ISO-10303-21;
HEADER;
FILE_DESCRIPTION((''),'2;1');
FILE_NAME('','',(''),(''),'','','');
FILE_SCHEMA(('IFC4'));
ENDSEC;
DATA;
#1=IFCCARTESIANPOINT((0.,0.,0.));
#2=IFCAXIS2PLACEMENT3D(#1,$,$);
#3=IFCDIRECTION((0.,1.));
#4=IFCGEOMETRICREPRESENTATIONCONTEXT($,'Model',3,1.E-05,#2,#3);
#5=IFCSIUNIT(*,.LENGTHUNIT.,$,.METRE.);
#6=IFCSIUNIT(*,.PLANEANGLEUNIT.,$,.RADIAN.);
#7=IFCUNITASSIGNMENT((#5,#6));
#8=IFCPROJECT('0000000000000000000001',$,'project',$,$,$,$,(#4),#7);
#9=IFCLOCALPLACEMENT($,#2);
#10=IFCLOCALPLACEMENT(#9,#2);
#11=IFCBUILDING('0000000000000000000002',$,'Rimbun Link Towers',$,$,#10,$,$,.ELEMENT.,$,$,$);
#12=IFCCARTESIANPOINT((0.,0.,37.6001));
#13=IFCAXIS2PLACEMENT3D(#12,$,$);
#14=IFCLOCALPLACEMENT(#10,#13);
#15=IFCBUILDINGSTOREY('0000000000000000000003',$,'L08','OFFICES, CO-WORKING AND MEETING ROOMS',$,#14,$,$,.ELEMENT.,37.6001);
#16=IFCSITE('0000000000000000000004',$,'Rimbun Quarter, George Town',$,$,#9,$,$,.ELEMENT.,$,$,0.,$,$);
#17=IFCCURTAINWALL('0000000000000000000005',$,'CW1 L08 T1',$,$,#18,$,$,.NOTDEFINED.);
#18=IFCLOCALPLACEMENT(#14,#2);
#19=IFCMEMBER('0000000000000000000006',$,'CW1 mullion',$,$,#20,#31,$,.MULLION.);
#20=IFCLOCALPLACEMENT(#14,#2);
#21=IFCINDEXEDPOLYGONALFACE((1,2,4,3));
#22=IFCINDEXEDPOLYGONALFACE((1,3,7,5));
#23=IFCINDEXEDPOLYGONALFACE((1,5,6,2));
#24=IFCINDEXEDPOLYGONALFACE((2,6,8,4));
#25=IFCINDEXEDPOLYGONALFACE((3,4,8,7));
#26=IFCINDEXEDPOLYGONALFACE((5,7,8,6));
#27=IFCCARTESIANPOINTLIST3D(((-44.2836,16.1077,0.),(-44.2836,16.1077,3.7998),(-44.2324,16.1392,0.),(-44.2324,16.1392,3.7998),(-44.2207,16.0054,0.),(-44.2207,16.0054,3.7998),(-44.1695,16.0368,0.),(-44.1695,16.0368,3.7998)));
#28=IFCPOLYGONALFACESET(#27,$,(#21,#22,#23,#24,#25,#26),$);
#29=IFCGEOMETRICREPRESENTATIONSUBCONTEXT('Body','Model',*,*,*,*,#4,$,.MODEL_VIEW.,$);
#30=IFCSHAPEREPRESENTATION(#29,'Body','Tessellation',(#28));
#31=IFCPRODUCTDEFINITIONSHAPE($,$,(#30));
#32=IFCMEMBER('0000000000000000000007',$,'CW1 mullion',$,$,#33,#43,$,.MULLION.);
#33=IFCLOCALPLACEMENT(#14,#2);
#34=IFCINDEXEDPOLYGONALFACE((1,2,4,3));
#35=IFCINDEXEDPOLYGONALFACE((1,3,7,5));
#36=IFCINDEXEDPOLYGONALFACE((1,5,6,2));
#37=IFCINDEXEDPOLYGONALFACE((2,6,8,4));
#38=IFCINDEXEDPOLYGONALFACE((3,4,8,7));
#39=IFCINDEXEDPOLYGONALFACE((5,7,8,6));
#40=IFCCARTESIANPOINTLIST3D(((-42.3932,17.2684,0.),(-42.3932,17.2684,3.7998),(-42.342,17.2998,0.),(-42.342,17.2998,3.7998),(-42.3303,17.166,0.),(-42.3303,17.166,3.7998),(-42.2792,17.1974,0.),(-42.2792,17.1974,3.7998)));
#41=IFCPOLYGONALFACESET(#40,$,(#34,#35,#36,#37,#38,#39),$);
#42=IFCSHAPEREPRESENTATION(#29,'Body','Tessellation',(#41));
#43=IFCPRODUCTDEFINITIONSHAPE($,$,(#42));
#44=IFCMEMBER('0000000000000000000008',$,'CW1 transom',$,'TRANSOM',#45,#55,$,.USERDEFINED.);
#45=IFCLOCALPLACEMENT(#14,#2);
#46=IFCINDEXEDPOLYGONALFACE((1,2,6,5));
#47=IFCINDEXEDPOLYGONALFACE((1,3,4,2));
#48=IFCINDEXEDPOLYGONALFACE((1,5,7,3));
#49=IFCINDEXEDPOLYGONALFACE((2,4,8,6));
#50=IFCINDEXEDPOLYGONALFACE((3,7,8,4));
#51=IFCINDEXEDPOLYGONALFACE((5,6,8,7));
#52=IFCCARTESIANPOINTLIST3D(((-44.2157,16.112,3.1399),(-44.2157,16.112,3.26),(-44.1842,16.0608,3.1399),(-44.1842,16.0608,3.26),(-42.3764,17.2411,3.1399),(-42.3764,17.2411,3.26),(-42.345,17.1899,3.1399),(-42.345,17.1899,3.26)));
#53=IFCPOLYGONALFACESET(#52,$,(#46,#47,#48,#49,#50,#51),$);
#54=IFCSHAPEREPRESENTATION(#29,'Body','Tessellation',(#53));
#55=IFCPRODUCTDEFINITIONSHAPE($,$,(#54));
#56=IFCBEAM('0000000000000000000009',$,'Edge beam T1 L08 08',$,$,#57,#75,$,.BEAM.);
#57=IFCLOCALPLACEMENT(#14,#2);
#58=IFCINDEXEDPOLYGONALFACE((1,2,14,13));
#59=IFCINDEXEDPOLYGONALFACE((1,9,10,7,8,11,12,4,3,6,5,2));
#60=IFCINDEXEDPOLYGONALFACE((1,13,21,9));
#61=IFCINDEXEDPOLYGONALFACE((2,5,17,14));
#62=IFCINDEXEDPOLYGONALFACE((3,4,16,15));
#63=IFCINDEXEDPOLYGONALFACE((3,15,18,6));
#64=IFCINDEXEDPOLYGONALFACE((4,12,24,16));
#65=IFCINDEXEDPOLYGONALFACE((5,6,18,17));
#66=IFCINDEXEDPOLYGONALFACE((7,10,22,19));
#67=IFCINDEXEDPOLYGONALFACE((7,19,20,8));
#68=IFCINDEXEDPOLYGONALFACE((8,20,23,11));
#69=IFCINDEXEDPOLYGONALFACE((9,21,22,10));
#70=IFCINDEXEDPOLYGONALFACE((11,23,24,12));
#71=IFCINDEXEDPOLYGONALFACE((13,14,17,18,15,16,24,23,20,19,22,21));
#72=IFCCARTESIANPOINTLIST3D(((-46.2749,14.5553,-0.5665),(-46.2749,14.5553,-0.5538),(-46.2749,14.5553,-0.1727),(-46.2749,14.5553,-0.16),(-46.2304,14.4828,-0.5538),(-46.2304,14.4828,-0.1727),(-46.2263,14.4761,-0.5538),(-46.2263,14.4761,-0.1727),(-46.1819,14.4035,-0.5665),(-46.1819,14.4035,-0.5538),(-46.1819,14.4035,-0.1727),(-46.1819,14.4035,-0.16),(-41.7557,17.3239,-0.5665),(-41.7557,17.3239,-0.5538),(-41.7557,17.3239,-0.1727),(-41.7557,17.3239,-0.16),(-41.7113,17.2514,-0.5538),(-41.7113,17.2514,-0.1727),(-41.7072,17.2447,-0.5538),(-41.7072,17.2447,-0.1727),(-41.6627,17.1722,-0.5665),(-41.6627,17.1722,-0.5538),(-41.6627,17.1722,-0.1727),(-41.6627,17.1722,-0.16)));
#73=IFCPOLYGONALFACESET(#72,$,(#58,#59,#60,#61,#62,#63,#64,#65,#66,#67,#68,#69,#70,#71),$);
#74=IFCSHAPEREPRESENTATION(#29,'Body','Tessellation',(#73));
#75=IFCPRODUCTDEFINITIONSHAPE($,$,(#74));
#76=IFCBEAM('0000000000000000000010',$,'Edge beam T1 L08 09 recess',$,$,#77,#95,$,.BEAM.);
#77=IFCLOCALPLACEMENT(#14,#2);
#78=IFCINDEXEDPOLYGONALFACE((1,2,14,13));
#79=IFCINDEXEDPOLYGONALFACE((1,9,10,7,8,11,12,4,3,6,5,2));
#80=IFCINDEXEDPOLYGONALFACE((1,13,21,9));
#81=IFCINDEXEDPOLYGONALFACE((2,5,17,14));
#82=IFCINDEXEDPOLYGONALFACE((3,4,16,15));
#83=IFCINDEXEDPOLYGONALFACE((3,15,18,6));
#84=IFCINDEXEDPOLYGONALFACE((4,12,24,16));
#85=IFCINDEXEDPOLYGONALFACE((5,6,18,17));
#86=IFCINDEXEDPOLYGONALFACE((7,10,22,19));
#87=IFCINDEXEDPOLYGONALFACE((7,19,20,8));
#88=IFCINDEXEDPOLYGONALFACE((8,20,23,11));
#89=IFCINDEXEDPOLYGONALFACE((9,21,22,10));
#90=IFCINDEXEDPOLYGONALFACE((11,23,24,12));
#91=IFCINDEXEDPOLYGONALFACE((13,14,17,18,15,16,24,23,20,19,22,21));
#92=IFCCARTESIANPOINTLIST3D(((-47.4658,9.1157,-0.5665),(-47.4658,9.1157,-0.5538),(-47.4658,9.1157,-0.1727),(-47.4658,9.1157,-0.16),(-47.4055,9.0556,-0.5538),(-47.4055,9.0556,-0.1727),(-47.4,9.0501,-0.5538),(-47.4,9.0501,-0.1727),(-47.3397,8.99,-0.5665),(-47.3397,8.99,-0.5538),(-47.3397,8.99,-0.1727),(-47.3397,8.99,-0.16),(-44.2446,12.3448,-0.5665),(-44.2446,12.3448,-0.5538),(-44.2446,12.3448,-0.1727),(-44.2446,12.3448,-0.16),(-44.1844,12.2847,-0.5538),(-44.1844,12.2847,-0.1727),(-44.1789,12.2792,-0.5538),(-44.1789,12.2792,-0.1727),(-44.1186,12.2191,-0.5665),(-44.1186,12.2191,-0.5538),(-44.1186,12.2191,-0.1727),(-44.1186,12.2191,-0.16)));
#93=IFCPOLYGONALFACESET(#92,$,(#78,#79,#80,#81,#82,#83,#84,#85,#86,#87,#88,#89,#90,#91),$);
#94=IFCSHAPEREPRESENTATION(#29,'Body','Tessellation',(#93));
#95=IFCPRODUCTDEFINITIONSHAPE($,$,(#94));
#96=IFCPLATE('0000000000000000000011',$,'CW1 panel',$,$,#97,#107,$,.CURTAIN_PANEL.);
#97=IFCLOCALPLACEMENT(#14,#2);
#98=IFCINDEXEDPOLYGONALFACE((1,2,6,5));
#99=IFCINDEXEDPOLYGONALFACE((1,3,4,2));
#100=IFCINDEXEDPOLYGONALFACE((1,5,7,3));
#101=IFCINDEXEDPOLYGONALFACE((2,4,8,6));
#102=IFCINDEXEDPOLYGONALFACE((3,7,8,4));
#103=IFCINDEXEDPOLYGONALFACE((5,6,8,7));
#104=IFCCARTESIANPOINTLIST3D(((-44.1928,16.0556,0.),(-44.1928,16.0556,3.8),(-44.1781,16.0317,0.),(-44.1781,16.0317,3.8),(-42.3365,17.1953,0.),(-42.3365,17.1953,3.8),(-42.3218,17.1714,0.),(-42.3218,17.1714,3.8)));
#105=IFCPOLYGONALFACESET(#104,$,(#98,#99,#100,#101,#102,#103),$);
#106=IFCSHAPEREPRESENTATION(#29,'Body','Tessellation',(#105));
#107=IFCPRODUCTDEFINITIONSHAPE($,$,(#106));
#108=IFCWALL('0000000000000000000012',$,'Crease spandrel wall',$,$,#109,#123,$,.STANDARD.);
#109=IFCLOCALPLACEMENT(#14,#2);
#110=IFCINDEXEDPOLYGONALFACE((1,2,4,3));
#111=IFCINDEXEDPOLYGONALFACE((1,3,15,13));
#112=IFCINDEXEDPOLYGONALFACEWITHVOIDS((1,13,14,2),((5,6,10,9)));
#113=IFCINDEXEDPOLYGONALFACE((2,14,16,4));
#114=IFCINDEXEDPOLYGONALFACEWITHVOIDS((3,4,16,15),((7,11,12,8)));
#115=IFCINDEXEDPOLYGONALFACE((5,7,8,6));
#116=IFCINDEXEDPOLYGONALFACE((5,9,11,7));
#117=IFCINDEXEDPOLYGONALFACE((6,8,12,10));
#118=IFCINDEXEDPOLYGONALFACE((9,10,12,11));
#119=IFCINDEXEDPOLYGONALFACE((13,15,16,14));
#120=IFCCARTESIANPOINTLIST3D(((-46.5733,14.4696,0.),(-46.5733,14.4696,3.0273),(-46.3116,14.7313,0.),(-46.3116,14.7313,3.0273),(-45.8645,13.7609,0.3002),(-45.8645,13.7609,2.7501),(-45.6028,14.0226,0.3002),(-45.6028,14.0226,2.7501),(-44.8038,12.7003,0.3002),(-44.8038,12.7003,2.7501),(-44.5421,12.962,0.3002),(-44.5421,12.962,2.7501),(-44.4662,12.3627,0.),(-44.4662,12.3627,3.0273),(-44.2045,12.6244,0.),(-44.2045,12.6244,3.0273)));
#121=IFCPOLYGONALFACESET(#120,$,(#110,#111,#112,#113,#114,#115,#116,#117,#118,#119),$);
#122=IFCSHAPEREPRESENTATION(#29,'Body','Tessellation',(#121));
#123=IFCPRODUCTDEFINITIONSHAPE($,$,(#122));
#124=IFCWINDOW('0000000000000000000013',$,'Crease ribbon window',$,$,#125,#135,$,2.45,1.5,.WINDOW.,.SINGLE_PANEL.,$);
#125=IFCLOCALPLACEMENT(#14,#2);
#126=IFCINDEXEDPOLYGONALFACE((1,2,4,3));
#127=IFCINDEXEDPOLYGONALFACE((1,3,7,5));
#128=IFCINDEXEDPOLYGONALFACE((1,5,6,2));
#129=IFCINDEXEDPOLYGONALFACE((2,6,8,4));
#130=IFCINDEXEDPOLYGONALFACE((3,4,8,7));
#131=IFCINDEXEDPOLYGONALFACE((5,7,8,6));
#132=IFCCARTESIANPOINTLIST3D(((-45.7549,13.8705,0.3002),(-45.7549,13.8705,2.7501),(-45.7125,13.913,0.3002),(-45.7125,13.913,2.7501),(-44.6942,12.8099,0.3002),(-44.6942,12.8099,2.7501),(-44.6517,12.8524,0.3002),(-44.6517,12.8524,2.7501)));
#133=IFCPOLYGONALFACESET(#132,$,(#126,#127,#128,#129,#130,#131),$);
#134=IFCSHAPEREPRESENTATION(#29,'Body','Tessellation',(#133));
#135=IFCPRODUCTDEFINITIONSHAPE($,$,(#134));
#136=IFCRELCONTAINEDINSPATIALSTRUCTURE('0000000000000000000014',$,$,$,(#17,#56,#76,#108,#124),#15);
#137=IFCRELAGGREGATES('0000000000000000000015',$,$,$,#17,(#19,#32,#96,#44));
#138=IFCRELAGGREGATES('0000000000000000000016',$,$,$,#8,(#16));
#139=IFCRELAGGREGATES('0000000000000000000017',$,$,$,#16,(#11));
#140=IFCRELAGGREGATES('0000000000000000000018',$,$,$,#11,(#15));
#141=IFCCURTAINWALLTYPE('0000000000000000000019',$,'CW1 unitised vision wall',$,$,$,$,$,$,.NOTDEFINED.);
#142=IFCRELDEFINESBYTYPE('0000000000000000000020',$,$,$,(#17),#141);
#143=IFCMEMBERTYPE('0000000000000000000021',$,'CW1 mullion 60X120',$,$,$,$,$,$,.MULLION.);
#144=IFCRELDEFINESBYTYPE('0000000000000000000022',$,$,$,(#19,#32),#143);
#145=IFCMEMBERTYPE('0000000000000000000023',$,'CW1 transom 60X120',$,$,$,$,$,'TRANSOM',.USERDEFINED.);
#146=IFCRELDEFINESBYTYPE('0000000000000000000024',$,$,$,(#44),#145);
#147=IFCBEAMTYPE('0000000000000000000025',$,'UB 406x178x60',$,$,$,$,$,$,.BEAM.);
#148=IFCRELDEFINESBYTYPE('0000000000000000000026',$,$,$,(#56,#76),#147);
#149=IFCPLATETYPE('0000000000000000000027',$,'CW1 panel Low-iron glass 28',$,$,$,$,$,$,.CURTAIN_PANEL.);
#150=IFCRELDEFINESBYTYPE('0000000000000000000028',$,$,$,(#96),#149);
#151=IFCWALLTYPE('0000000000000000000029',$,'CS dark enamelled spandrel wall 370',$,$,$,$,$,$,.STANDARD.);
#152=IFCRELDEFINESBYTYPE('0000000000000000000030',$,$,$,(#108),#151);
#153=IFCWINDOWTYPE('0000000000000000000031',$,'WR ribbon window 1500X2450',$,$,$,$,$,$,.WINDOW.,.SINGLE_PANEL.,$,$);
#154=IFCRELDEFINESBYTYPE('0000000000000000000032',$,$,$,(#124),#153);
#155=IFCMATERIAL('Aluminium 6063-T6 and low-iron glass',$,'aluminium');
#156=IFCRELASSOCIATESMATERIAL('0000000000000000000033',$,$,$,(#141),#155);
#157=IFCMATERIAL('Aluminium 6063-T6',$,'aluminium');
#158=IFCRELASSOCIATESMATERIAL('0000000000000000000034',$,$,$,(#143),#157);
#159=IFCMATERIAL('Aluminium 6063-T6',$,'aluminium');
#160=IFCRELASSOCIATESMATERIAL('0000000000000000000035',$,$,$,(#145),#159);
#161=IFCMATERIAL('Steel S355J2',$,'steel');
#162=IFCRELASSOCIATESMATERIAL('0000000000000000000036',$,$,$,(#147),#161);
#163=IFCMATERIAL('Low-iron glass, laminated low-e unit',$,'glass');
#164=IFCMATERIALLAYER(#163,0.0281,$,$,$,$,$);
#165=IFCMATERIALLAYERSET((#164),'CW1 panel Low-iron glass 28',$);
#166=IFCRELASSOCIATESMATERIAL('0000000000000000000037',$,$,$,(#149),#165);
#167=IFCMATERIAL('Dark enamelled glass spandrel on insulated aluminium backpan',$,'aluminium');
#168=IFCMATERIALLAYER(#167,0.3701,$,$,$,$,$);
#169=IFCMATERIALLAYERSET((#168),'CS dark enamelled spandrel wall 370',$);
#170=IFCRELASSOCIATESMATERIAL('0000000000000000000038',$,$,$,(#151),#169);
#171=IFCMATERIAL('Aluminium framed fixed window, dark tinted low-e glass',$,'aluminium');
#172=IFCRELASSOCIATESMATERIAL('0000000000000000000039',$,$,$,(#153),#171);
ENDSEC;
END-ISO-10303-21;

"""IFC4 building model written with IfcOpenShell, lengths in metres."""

from ifc_helpers import new_model, si_unit, direction, frame, frame_2d, origin, origin_2d, place, context, subcontext, project, spatial, rectangle, i_section, extrude, material, layer, layer_set, material_profile, profile_set, type_object, element, fill, aggregate, save


model = new_model("IFC4")

# Units and contexts
model_context = context("Model", 3, precision=1e-05, world=origin(), true_north=direction((0.0, 1.0)))
body_context = subcontext(model_context, "Body", "Model", "MODEL_VIEW")
ifc_project = project(units=[si_unit("LENGTHUNIT", "METRE"), si_unit("PLANEANGLEUNIT", "RADIAN")], contexts=[model_context])

# Site, building, storey
site_placement = place(None, origin())
site = spatial("IfcSite", under=ifc_project, at=site_placement, Name="Rimbun Quarter, George Town", CompositionType="ELEMENT", RefElevation=0.0)
building_placement = place(site_placement, origin())
building = spatial("IfcBuilding", under=site, at=building_placement, Name="Rimbun Link Towers", CompositionType="ELEMENT")
storey_placement = place(building_placement, frame((0.0, 0.0, 37.6001)))
storey = spatial("IfcBuildingStorey", under=building, at=storey_placement, Name="L08", Description="OFFICES, CO-WORKING AND MEETING ROOMS", CompositionType="ELEMENT", Elevation=37.6001)

# Curtain wall, members
ifc_material_1 = material(Name="Aluminium 6063-T6 and low-iron glass", Category="aluminium")
curtain_wall_type = type_object("IfcCurtainWallType", Name="CW1 unitised vision wall", PredefinedType="NOTDEFINED", material=ifc_material_1)
curtain_wall_placement = place(storey_placement, origin())
curtain_wall = element("IfcCurtainWall", 1, at=curtain_wall_placement, inside=storey, type_object=curtain_wall_type, Name="CW1 L08 T1", PredefinedType="NOTDEFINED")
ifc_material_2 = material(Name="Aluminium 6063-T6", Category="aluminium")
ifc_material_profile_1 = material_profile(ifc_material_2, rectangle(XDim=0.1201, YDim=0.0601, at=origin_2d()), Name="MULLION 60X120")
ifc_profile_set_1 = profile_set([ifc_material_profile_1], Name="Aluminium 6063-T6")
member_type_1 = type_object("IfcMemberType", Name="CW1 mullion 60X120", PredefinedType="MULLION", material=ifc_profile_set_1)
member_1_placement = place(storey_placement, frame((-44.2266, 16.0723, 0.0), z_axis=(0.0, 0.0, 1.0), x_axis=(-0.523232, 0.85219, 0.0)))
member_1 = element("IfcMember", 2, at=member_1_placement, type_object=member_type_1, Name="CW1 mullion", PredefinedType="MULLION", context=body_context, shape_type="SweptSolid", body=[
    extrude(rectangle(XDim=0.1201, YDim=0.0601, at=origin_2d()), origin(), (0.0, 0.0, 1.0), 3.7998),
])
member_2_placement = place(storey_placement, frame((-42.3362, 17.2329, 0.0), z_axis=(0.0, 0.0, 1.0), x_axis=(-0.523232, 0.85219, 0.0)))
member_2 = element("IfcMember", 3, at=member_2_placement, type_object=member_type_1, Name="CW1 mullion", PredefinedType="MULLION", context=body_context, shape_type="SweptSolid", body=[
    extrude(rectangle(XDim=0.1201, YDim=0.0601, at=origin_2d()), origin(), (0.0, 0.0, 1.0), 3.7998),
])
ifc_material_3 = material(Name="Aluminium 6063-T6", Category="aluminium")
ifc_material_profile_2 = material_profile(ifc_material_3, rectangle(XDim=0.0601, YDim=0.1201, at=origin_2d()), Name="TRANSOM 60X120")
ifc_profile_set_2 = profile_set([ifc_material_profile_2], Name="Aluminium 6063-T6")
member_type_2 = type_object("IfcMemberType", Name="CW1 transom 60X120", ElementType="TRANSOM", PredefinedType="USERDEFINED", material=ifc_profile_set_2)
member_3_placement = place(storey_placement, frame((-44.2, 16.0864, 3.2), z_axis=(0.852229, 0.523169, 0.0), x_axis=(-0.523169, 0.852229, 0.0)))
member_3 = element("IfcMember", 4, at=member_3_placement, type_object=member_type_2, Name="CW1 transom", ObjectType="TRANSOM", PredefinedType="USERDEFINED", context=body_context, shape_type="SweptSolid", body=[
    extrude(rectangle(XDim=0.0601, YDim=0.1201, at=origin_2d()), origin(), (0.0, 0.0, 1.0), 2.1582),
])

# Beams
ifc_material_4 = material(Name="Steel S355J2", Category="steel")
ifc_material_profile_3 = material_profile(ifc_material_4, i_section(OverallWidth=0.178, OverallDepth=0.4065, WebThickness=0.0078, FlangeThickness=0.0127, at=origin_2d()), Name="UB 406x178x60")
ifc_profile_set_3 = profile_set([ifc_material_profile_3], Name="Steel S355J2")
beam_type = type_object("IfcBeamType", Name="UB 406x178x60", PredefinedType="BEAM", material=ifc_profile_set_3)
beam_1_placement = place(storey_placement, frame((-41.7092, 17.248, -0.3633), z_axis=(-0.852701, -0.5224, 0.0), x_axis=(0.5224, -0.852701, 0.0)))
element("IfcBeam", 5, at=beam_1_placement, inside=storey, type_object=beam_type, Name="Edge beam T1 L08 08", PredefinedType="BEAM", context=body_context, shape_type="SweptSolid", body=[
    extrude(i_section(OverallWidth=0.178, OverallDepth=0.4065, WebThickness=0.0078, FlangeThickness=0.0127, at=origin_2d()), origin(), (0.0, 0.0, 1.0), 5.2998),
])
beam_2_placement = place(storey_placement, frame((-44.1816, 12.282, -0.3633), z_axis=(-0.706223, -0.707989, 0.0), x_axis=(0.707989, -0.706223, 0.0)))
element("IfcBeam", 6, at=beam_2_placement, inside=storey, type_object=beam_type, Name="Edge beam T1 L08 09 recess", PredefinedType="BEAM", context=body_context, shape_type="SweptSolid", body=[
    extrude(i_section(OverallWidth=0.178, OverallDepth=0.4065, WebThickness=0.0078, FlangeThickness=0.0127, at=origin_2d()), origin(), (0.0, 0.0, 1.0), 4.561),
])

# Plate
ifc_material_5 = material(Name="Low-iron glass, laminated low-e unit", Category="glass")
ifc_layer_1 = layer(ifc_material_5, 0.0281)
ifc_layer_set_1 = layer_set([ifc_layer_1], Name="CW1 panel Low-iron glass 28")
plate_type = type_object("IfcPlateType", Name="CW1 panel Low-iron glass 28", PredefinedType="CURTAIN_PANEL", material=ifc_layer_set_1)
plate_placement = place(storey_placement, frame((-43.2573, 16.6135, 0.0), z_axis=(0.0, 0.0, 1.0), x_axis=(0.85219, 0.523232, 0.0)))
plate = element("IfcPlate", 7, at=plate_placement, type_object=plate_type, Name="CW1 panel", PredefinedType="CURTAIN_PANEL", context=body_context, shape_type="SweptSolid", body=[
    extrude(rectangle(XDim=2.1782, YDim=0.0281, at=origin_2d()), origin(), (0.0, 0.0, 1.0), 3.8),
])
aggregate(curtain_wall, [member_1, member_2, plate, member_3])

# Wall, opening, window
ifc_material_6 = material(Name="Dark enamelled glass spandrel on insulated aluminium backpan", Category="aluminium")
ifc_layer_2 = layer(ifc_material_6, 0.3701)
ifc_layer_set_2 = layer_set([ifc_layer_2], Name="CS dark enamelled spandrel wall 370")
wall_type_1 = type_object("IfcWallType", Name="CS dark enamelled spandrel wall 370", PredefinedType="STANDARD", material=ifc_layer_set_2)
wall_1_placement = place(storey_placement, frame((-44.3354, 12.4937, 0.0), z_axis=(0.0, 0.0, 1.0), x_axis=(-0.707148, 0.707066, 0.0)))
wall_1 = element("IfcWall", 8, at=wall_1_placement, inside=storey, type_object=wall_type_1, Name="Crease spandrel wall", PredefinedType="STANDARD", context=body_context, shape_type="SweptSolid", body=[
    extrude(rectangle(XDim=2.9797, YDim=0.3701, at=frame_2d((1.4897, 0.0))), origin(), (0.0, 0.0, 1.0), 3.0273),
])
opening_1_placement = place(wall_1_placement, frame((0.4773, 0.0, 0.3)))
opening_1 = element("IfcOpeningElement", 9, at=opening_1_placement, cuts=wall_1, PredefinedType="OPENING", context=body_context, shape_type="SweptSolid", body=[
    extrude(rectangle(XDim=1.5, YDim=2.45, at=frame_2d((0.75, 1.2251))), frame((0.0, 0.1951, 0.0), z_axis=(0.0, -1.0, 0.0), x_axis=(1.0, 0.0, 0.0)), (0.0, 0.0, 1.0), 0.3901),
])
ifc_material_7 = material(Name="Aluminium framed fixed window, dark tinted low-e glass", Category="aluminium")
window_type = type_object("IfcWindowType", Name="WR ribbon window 1500X2450", PartitioningType="SINGLE_PANEL", PredefinedType="WINDOW", material=ifc_material_7)
window_placement = place(opening_1_placement, origin())
window = element("IfcWindow", 10, at=window_placement, inside=storey, type_object=window_type, Name="Crease ribbon window", OverallHeight=2.45, OverallWidth=1.5, PartitioningType="SINGLE_PANEL", PredefinedType="WINDOW", context=body_context, shape_type="SweptSolid", body=[
    extrude(rectangle(XDim=1.5, YDim=2.45, at=frame_2d((0.75, 1.2251))), frame((0.0, 0.03, 0.0), z_axis=(0.0, -1.0, 0.0), x_axis=(1.0, 0.0, 0.0)), (0.0, 0.0, 1.0), 0.0601),
])
fill(opening_1, window)

save(model, "model.ifc")
